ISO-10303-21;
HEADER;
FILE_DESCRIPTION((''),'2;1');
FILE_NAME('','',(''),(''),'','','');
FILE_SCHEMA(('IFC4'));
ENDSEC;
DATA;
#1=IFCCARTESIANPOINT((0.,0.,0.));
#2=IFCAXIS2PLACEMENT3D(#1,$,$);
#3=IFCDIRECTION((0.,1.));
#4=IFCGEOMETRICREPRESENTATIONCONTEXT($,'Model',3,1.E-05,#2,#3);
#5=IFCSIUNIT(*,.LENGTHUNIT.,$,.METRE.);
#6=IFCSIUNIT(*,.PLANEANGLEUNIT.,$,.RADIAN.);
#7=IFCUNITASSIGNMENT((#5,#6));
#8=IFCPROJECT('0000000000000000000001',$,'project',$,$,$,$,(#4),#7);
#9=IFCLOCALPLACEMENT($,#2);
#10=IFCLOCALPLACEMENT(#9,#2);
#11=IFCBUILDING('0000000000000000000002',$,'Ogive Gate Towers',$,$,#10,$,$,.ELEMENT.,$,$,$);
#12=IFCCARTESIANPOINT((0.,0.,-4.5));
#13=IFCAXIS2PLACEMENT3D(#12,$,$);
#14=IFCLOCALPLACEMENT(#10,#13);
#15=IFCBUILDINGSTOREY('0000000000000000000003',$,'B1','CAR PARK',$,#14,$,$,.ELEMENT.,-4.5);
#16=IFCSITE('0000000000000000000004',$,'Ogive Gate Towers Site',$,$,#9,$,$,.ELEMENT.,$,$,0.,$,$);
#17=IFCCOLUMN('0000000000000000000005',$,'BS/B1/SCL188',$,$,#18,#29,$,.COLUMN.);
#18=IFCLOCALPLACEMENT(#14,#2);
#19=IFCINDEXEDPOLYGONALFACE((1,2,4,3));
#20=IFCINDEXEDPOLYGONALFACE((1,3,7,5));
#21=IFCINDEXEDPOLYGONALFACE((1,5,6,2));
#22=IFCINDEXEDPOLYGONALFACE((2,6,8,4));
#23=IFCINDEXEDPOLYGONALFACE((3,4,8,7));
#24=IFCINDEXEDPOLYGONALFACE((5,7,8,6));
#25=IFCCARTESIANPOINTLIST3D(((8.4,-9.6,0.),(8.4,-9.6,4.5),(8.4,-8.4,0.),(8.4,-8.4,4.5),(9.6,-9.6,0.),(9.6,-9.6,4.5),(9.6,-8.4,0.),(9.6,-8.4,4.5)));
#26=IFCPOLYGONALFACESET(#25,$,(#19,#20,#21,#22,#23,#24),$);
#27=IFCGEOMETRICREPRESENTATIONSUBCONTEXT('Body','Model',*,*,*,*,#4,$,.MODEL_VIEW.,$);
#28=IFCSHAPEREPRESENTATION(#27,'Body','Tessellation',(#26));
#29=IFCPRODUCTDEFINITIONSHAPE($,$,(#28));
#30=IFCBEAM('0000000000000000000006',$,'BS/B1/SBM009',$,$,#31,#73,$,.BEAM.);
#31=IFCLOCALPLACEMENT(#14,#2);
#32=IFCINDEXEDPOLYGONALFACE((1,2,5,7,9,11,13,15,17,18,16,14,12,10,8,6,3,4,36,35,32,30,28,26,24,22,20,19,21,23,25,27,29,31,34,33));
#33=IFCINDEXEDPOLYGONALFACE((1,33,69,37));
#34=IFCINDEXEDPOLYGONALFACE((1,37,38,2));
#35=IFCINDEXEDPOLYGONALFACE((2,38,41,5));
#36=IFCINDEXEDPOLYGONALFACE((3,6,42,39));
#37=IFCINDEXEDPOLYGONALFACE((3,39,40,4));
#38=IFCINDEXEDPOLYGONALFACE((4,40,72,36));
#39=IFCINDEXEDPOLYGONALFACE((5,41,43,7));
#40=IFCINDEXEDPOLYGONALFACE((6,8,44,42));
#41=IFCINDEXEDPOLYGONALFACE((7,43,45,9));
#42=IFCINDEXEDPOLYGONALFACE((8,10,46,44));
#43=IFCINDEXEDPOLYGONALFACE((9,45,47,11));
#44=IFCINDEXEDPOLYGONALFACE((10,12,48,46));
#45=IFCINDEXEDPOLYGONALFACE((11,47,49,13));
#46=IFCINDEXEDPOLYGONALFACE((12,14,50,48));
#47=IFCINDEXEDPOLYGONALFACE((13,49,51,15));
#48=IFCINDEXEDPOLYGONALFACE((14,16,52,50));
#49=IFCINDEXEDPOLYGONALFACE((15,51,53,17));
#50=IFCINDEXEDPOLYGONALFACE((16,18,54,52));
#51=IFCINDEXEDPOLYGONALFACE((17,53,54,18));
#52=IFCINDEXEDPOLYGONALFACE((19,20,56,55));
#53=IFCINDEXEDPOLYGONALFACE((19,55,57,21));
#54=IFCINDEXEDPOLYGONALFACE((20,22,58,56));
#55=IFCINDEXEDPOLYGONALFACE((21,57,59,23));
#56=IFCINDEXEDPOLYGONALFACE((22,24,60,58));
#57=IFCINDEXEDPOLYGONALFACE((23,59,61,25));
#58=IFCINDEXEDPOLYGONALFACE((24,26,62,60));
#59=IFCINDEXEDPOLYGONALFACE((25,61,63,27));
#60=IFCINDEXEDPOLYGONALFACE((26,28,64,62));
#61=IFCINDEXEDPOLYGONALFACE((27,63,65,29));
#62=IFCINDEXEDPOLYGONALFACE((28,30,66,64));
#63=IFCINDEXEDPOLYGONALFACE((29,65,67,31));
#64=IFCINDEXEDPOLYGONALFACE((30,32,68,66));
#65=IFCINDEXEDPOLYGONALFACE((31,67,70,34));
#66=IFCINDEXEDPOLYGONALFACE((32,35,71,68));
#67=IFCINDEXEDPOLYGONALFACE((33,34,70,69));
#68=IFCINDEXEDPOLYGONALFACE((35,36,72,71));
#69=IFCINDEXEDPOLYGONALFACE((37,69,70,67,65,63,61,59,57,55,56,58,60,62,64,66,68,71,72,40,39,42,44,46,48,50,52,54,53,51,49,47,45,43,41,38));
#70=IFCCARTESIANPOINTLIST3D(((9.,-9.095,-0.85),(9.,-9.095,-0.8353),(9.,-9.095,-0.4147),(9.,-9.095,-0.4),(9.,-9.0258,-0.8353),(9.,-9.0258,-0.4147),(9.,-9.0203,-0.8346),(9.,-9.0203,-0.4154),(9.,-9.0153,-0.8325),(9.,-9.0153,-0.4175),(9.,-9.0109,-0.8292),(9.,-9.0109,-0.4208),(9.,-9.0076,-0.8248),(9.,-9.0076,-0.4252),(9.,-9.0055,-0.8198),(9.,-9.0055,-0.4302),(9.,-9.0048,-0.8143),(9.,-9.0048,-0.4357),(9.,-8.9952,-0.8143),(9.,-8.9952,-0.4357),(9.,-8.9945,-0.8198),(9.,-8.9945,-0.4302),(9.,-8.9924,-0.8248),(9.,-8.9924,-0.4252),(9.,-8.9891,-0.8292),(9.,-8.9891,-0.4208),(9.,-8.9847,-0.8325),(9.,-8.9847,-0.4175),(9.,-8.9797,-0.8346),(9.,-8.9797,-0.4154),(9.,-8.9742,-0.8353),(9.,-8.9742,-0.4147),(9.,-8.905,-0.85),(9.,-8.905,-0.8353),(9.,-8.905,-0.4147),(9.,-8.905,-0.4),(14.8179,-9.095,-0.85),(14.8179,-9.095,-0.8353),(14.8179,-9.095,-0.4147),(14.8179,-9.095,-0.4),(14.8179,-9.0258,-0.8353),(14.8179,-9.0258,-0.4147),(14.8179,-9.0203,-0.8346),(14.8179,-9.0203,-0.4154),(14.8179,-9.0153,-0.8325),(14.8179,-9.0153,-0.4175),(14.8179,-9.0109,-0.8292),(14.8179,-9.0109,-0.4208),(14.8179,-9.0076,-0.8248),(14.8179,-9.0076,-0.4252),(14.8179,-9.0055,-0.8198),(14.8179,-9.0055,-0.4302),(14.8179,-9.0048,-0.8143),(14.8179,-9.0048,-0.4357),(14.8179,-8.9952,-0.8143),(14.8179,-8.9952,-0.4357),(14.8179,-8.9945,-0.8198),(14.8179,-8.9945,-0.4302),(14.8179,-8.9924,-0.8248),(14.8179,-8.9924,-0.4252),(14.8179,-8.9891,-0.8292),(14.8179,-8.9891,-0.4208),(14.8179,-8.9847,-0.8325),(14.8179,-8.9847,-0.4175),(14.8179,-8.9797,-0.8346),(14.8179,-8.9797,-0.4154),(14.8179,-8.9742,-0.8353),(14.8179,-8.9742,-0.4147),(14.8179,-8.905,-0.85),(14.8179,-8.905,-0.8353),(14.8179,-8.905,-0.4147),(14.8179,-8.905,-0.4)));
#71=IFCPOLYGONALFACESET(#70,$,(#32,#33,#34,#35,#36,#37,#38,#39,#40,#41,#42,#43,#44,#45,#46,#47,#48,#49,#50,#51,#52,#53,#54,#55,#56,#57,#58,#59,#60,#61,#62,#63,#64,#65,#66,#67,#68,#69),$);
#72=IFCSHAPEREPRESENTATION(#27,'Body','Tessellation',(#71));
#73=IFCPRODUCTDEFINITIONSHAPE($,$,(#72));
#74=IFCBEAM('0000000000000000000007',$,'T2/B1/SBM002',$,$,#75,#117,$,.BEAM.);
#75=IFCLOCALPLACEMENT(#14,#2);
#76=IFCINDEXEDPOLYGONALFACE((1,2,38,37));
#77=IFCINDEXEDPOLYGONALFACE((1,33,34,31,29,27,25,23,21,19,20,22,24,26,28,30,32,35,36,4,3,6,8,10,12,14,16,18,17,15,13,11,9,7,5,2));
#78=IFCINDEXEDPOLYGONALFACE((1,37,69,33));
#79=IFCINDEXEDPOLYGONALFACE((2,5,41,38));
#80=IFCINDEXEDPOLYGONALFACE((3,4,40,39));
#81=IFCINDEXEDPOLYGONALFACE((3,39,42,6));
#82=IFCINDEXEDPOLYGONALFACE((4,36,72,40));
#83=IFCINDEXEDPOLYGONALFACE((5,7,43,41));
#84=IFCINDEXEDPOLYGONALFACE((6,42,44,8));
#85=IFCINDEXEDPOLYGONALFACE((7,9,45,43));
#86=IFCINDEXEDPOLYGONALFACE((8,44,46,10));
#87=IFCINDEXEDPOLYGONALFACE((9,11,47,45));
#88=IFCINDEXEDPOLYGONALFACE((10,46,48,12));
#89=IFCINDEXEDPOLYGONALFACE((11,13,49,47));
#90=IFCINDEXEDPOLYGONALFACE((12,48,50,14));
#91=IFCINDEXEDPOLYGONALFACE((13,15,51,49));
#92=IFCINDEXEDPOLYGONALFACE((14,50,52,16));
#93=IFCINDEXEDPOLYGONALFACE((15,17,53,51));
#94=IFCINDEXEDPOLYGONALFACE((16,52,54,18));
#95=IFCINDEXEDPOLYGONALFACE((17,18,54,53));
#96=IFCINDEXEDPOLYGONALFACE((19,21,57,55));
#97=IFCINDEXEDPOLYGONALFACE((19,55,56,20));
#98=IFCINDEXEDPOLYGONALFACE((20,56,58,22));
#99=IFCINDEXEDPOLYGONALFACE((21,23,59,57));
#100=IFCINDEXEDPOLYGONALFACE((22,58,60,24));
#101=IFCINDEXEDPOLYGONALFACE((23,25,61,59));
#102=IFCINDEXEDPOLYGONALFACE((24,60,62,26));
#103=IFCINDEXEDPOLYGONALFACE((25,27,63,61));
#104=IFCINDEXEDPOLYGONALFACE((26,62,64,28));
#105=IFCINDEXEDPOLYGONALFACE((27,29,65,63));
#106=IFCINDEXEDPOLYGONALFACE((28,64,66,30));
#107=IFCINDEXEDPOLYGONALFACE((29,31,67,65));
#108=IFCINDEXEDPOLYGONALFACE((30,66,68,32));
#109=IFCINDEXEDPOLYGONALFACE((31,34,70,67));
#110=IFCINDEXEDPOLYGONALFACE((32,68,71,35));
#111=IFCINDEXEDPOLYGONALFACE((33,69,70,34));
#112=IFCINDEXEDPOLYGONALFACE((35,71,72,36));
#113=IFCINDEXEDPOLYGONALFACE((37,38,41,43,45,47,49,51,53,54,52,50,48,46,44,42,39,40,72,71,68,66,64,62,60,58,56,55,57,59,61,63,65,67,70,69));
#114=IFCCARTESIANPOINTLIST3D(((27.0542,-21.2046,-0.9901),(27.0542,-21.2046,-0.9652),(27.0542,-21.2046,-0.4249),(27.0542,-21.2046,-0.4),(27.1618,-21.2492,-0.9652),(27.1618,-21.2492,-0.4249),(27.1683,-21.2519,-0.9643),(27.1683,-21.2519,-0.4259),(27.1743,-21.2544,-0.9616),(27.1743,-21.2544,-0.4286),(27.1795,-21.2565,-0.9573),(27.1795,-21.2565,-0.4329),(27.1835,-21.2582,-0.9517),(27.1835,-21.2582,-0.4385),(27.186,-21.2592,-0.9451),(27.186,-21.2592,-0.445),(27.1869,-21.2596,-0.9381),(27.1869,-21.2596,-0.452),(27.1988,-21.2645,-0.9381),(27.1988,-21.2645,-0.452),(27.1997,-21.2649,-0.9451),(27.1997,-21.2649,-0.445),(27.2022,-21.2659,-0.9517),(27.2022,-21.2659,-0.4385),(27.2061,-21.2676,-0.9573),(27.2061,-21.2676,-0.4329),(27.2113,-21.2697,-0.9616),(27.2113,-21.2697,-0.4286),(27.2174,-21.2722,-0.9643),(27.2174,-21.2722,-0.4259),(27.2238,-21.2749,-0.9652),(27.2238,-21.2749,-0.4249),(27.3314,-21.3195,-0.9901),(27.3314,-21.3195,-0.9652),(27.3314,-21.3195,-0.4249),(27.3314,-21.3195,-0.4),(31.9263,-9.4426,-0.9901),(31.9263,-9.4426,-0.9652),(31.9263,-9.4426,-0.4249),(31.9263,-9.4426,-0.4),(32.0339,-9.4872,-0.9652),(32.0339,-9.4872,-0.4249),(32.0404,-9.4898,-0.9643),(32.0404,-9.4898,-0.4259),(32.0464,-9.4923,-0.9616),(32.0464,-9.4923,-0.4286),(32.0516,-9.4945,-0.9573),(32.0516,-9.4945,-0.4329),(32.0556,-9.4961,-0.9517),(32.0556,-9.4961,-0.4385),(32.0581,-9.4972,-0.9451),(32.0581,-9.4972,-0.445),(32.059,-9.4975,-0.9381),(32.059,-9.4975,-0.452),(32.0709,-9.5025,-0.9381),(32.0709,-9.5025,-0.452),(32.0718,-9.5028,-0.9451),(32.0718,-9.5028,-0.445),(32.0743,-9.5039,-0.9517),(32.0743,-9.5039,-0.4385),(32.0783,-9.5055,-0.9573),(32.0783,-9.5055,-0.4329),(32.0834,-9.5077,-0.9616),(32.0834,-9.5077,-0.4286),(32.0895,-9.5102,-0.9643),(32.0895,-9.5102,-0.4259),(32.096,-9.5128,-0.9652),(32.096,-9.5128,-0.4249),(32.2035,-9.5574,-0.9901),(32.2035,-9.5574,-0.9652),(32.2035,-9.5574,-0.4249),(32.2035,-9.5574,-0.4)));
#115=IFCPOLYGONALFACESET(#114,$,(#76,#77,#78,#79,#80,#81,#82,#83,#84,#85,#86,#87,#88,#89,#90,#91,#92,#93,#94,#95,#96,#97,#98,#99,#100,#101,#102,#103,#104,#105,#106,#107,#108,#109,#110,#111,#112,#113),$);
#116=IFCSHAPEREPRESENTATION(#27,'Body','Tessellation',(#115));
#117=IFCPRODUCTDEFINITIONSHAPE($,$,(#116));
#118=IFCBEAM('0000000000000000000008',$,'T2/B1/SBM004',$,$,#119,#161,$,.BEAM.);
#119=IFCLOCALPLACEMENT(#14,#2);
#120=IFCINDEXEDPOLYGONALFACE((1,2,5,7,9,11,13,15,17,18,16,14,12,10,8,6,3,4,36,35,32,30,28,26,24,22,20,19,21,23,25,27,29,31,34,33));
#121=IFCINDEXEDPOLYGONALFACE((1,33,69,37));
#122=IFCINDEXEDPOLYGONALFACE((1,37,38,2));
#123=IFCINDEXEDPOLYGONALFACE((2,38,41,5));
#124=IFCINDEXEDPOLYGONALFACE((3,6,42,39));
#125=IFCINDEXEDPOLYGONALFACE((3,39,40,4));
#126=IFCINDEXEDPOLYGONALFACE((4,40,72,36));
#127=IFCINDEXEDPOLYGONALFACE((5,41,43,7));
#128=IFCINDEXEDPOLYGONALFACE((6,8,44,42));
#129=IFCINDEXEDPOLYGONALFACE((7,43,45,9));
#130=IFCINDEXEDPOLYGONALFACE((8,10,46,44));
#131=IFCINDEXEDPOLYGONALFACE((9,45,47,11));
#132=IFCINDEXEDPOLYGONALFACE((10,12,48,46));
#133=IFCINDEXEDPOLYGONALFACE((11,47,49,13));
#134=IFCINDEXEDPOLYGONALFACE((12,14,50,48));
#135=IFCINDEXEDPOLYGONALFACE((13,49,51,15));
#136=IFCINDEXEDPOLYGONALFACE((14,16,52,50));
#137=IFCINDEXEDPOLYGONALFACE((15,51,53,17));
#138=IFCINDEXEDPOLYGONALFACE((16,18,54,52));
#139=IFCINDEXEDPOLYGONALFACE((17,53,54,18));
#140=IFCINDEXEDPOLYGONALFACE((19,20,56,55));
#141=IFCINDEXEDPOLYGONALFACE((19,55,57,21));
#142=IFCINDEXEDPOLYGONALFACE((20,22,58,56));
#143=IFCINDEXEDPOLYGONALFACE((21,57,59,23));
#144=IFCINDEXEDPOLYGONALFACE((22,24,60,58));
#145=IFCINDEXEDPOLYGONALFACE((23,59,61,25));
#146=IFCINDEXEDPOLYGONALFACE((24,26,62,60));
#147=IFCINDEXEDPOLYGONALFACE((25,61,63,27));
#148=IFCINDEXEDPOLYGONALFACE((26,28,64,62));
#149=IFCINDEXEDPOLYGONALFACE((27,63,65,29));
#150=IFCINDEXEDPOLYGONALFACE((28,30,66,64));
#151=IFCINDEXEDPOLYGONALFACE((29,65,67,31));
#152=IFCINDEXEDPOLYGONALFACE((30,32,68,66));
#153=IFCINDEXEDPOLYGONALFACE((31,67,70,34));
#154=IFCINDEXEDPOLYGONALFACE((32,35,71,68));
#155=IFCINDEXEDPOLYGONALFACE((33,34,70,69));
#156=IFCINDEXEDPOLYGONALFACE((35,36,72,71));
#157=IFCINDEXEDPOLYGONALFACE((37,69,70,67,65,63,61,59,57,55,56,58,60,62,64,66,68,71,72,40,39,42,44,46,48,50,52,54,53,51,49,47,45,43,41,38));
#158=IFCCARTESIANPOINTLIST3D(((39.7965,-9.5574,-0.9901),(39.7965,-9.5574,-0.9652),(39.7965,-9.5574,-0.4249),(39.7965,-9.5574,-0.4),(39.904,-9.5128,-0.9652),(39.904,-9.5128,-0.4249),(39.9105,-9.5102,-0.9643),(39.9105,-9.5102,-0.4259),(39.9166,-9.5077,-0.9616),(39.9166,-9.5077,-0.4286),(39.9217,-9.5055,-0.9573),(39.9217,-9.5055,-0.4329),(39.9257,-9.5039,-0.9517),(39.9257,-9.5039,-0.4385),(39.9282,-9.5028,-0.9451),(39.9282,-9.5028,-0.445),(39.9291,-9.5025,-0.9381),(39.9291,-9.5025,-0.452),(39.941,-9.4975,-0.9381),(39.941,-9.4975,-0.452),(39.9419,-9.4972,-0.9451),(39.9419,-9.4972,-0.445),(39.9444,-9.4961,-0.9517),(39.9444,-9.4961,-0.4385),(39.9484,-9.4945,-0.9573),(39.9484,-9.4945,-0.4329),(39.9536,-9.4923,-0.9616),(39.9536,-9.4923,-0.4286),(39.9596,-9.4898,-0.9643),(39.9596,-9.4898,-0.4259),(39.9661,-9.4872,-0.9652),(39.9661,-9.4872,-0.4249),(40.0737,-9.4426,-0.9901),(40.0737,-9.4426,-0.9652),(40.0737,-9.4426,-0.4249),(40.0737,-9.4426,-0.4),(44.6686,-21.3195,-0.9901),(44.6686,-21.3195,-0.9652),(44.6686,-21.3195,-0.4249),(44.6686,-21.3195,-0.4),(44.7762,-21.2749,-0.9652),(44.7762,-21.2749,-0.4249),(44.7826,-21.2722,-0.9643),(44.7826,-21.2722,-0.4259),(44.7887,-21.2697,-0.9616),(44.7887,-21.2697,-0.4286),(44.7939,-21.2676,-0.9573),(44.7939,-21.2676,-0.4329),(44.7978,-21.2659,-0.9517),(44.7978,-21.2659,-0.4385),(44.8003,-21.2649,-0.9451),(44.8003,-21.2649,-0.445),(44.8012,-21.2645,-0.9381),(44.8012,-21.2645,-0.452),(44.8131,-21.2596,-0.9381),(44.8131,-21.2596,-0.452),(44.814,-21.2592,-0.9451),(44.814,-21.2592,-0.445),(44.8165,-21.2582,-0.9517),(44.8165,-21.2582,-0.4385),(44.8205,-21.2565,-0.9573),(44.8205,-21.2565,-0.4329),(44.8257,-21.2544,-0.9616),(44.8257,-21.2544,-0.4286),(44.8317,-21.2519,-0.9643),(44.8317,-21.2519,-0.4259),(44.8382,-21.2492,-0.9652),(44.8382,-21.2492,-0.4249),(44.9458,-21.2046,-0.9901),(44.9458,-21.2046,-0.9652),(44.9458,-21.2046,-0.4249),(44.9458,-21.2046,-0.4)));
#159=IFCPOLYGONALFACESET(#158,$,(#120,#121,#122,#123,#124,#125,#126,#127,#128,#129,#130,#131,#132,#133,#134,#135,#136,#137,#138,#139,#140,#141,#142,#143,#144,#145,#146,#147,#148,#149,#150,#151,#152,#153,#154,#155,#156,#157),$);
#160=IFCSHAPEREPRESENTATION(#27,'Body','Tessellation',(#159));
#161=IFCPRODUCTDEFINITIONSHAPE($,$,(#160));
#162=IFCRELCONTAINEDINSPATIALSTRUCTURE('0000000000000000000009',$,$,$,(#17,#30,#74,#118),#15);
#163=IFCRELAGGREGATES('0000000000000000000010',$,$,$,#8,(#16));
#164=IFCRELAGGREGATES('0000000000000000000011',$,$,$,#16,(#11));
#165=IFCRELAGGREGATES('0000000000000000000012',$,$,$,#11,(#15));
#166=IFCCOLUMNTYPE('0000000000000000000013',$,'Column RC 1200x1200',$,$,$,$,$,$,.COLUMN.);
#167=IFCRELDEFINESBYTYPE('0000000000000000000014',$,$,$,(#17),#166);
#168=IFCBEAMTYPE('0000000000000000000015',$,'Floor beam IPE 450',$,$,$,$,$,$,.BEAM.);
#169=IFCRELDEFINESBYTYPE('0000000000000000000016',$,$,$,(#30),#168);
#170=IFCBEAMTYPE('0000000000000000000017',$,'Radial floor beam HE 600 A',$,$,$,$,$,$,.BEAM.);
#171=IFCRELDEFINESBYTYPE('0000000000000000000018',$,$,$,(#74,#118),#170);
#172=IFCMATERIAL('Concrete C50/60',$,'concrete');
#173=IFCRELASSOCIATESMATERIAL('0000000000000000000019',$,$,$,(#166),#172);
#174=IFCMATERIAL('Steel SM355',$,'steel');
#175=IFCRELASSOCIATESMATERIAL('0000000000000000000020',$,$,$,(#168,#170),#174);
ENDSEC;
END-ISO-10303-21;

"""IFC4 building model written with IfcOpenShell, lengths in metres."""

from ifc_helpers import new_model, si_unit, direction, frame, origin, origin_2d, place, context, subcontext, project, spatial, rectangle, i_section, extrude, material, material_profile, profile_set, type_object, element, save


model = new_model("IFC4")

# Units and contexts
model_context = context("Model", 3, precision=1e-05, world=origin(), true_north=direction((0.0, 1.0)))
body_context = subcontext(model_context, "Body", "Model", "MODEL_VIEW")
ifc_project = project(units=[si_unit("LENGTHUNIT", "METRE"), si_unit("PLANEANGLEUNIT", "RADIAN")], contexts=[model_context])

# Site, building, storey
site_placement = place(None, origin())
site = spatial("IfcSite", under=ifc_project, at=site_placement, Name="Ogive Gate Towers Site", CompositionType="ELEMENT", RefElevation=0.0)
building_placement = place(site_placement, origin())
building = spatial("IfcBuilding", under=site, at=building_placement, Name="Ogive Gate Towers", CompositionType="ELEMENT")
storey_placement = place(building_placement, frame((0.0, 0.0, -4.5)))
storey = spatial("IfcBuildingStorey", under=building, at=storey_placement, Name="B1", Description="CAR PARK", CompositionType="ELEMENT", Elevation=-4.5)

# Column
ifc_material_1 = material(Name="Concrete C50/60", Category="concrete")
ifc_material_profile_1 = material_profile(ifc_material_1, rectangle(XDim=1.2, YDim=1.2, at=origin_2d()), Name="RC 1200x1200")
ifc_profile_set_1 = profile_set([ifc_material_profile_1], Name="Concrete C50/60")
column_type = type_object("IfcColumnType", Name="Column RC 1200x1200", PredefinedType="COLUMN", material=ifc_profile_set_1)
column_placement = place(storey_placement, frame((9.0, -9.0, 0.0), z_axis=(0.0, 0.0, 1.0), x_axis=(1.0, 0.0, 0.0)))
element("IfcColumn", 1, at=column_placement, inside=storey, type_object=column_type, Name="BS/B1/SCL188", PredefinedType="COLUMN", context=body_context, shape_type="SweptSolid", body=[
    extrude(rectangle(XDim=1.2, YDim=1.2, at=origin_2d()), origin(), (0.0, 0.0, 1.0), 4.5),
])

# Beams
ifc_material_2 = material(Name="Steel SM355", Category="steel")
ifc_material_profile_2 = material_profile(ifc_material_2, i_section(OverallWidth=0.1899, OverallDepth=0.45, WebThickness=0.0095, FlangeThickness=0.0146, FilletRadius=0.021, at=origin_2d()), Name="IPE 450")
ifc_profile_set_2 = profile_set([ifc_material_profile_2], Name="Steel SM355")
beam_type_1 = type_object("IfcBeamType", Name="Floor beam IPE 450", PredefinedType="BEAM", material=ifc_profile_set_2)
beam_placement = place(storey_placement, frame((9.0, -9.0, -0.625), z_axis=(1.0, 0.0, 0.0), x_axis=(0.0, 1.0, 0.0)))
element("IfcBeam", 2, at=beam_placement, inside=storey, type_object=beam_type_1, Name="BS/B1/SBM009", PredefinedType="BEAM", context=body_context, shape_type="SweptSolid", body=[
    extrude(i_section(OverallWidth=0.1899, OverallDepth=0.45, WebThickness=0.0095, FlangeThickness=0.0146, FilletRadius=0.021, at=origin_2d()), origin(), (0.0, 0.0, 1.0), 5.8179),
])
ifc_material_profile_3 = material_profile(ifc_material_2, i_section(OverallWidth=0.3, OverallDepth=0.5901, WebThickness=0.0129, FlangeThickness=0.0249, FilletRadius=0.0271, at=origin_2d()), Name="HE 600 A")
ifc_profile_set_3 = profile_set([ifc_material_profile_3], Name="Steel SM355")
beam_type_2 = type_object("IfcBeamType", Name="Radial floor beam HE 600 A", PredefinedType="BEAM", material=ifc_profile_set_3)
for number, where, z_axis, x_axis, name in (
    (3, (32.0649, -9.5, -0.6951), (-0.382691, -0.923877, 0.0), (0.923877, -0.382691, 0.0), "T2/B1/SBM002"),
    (4, (39.9351, -9.5, -0.6951), (0.382691, -0.923877, 0.0), (0.923877, 0.382691, 0.0), "T2/B1/SBM004"),
):
    element("IfcBeam", number, at=place(storey_placement, frame(where, z_axis=z_axis, x_axis=x_axis)), inside=storey, type_object=beam_type_2, Name=name, PredefinedType="BEAM", context=body_context, shape_type="SweptSolid", body=[
        extrude(i_section(OverallWidth=0.3, OverallDepth=0.5901, WebThickness=0.0129, FlangeThickness=0.0249, FilletRadius=0.0271, at=origin_2d()), origin(), (0.0, 0.0, 1.0), 12.7312),
    ])

save(model, "model.ifc")
